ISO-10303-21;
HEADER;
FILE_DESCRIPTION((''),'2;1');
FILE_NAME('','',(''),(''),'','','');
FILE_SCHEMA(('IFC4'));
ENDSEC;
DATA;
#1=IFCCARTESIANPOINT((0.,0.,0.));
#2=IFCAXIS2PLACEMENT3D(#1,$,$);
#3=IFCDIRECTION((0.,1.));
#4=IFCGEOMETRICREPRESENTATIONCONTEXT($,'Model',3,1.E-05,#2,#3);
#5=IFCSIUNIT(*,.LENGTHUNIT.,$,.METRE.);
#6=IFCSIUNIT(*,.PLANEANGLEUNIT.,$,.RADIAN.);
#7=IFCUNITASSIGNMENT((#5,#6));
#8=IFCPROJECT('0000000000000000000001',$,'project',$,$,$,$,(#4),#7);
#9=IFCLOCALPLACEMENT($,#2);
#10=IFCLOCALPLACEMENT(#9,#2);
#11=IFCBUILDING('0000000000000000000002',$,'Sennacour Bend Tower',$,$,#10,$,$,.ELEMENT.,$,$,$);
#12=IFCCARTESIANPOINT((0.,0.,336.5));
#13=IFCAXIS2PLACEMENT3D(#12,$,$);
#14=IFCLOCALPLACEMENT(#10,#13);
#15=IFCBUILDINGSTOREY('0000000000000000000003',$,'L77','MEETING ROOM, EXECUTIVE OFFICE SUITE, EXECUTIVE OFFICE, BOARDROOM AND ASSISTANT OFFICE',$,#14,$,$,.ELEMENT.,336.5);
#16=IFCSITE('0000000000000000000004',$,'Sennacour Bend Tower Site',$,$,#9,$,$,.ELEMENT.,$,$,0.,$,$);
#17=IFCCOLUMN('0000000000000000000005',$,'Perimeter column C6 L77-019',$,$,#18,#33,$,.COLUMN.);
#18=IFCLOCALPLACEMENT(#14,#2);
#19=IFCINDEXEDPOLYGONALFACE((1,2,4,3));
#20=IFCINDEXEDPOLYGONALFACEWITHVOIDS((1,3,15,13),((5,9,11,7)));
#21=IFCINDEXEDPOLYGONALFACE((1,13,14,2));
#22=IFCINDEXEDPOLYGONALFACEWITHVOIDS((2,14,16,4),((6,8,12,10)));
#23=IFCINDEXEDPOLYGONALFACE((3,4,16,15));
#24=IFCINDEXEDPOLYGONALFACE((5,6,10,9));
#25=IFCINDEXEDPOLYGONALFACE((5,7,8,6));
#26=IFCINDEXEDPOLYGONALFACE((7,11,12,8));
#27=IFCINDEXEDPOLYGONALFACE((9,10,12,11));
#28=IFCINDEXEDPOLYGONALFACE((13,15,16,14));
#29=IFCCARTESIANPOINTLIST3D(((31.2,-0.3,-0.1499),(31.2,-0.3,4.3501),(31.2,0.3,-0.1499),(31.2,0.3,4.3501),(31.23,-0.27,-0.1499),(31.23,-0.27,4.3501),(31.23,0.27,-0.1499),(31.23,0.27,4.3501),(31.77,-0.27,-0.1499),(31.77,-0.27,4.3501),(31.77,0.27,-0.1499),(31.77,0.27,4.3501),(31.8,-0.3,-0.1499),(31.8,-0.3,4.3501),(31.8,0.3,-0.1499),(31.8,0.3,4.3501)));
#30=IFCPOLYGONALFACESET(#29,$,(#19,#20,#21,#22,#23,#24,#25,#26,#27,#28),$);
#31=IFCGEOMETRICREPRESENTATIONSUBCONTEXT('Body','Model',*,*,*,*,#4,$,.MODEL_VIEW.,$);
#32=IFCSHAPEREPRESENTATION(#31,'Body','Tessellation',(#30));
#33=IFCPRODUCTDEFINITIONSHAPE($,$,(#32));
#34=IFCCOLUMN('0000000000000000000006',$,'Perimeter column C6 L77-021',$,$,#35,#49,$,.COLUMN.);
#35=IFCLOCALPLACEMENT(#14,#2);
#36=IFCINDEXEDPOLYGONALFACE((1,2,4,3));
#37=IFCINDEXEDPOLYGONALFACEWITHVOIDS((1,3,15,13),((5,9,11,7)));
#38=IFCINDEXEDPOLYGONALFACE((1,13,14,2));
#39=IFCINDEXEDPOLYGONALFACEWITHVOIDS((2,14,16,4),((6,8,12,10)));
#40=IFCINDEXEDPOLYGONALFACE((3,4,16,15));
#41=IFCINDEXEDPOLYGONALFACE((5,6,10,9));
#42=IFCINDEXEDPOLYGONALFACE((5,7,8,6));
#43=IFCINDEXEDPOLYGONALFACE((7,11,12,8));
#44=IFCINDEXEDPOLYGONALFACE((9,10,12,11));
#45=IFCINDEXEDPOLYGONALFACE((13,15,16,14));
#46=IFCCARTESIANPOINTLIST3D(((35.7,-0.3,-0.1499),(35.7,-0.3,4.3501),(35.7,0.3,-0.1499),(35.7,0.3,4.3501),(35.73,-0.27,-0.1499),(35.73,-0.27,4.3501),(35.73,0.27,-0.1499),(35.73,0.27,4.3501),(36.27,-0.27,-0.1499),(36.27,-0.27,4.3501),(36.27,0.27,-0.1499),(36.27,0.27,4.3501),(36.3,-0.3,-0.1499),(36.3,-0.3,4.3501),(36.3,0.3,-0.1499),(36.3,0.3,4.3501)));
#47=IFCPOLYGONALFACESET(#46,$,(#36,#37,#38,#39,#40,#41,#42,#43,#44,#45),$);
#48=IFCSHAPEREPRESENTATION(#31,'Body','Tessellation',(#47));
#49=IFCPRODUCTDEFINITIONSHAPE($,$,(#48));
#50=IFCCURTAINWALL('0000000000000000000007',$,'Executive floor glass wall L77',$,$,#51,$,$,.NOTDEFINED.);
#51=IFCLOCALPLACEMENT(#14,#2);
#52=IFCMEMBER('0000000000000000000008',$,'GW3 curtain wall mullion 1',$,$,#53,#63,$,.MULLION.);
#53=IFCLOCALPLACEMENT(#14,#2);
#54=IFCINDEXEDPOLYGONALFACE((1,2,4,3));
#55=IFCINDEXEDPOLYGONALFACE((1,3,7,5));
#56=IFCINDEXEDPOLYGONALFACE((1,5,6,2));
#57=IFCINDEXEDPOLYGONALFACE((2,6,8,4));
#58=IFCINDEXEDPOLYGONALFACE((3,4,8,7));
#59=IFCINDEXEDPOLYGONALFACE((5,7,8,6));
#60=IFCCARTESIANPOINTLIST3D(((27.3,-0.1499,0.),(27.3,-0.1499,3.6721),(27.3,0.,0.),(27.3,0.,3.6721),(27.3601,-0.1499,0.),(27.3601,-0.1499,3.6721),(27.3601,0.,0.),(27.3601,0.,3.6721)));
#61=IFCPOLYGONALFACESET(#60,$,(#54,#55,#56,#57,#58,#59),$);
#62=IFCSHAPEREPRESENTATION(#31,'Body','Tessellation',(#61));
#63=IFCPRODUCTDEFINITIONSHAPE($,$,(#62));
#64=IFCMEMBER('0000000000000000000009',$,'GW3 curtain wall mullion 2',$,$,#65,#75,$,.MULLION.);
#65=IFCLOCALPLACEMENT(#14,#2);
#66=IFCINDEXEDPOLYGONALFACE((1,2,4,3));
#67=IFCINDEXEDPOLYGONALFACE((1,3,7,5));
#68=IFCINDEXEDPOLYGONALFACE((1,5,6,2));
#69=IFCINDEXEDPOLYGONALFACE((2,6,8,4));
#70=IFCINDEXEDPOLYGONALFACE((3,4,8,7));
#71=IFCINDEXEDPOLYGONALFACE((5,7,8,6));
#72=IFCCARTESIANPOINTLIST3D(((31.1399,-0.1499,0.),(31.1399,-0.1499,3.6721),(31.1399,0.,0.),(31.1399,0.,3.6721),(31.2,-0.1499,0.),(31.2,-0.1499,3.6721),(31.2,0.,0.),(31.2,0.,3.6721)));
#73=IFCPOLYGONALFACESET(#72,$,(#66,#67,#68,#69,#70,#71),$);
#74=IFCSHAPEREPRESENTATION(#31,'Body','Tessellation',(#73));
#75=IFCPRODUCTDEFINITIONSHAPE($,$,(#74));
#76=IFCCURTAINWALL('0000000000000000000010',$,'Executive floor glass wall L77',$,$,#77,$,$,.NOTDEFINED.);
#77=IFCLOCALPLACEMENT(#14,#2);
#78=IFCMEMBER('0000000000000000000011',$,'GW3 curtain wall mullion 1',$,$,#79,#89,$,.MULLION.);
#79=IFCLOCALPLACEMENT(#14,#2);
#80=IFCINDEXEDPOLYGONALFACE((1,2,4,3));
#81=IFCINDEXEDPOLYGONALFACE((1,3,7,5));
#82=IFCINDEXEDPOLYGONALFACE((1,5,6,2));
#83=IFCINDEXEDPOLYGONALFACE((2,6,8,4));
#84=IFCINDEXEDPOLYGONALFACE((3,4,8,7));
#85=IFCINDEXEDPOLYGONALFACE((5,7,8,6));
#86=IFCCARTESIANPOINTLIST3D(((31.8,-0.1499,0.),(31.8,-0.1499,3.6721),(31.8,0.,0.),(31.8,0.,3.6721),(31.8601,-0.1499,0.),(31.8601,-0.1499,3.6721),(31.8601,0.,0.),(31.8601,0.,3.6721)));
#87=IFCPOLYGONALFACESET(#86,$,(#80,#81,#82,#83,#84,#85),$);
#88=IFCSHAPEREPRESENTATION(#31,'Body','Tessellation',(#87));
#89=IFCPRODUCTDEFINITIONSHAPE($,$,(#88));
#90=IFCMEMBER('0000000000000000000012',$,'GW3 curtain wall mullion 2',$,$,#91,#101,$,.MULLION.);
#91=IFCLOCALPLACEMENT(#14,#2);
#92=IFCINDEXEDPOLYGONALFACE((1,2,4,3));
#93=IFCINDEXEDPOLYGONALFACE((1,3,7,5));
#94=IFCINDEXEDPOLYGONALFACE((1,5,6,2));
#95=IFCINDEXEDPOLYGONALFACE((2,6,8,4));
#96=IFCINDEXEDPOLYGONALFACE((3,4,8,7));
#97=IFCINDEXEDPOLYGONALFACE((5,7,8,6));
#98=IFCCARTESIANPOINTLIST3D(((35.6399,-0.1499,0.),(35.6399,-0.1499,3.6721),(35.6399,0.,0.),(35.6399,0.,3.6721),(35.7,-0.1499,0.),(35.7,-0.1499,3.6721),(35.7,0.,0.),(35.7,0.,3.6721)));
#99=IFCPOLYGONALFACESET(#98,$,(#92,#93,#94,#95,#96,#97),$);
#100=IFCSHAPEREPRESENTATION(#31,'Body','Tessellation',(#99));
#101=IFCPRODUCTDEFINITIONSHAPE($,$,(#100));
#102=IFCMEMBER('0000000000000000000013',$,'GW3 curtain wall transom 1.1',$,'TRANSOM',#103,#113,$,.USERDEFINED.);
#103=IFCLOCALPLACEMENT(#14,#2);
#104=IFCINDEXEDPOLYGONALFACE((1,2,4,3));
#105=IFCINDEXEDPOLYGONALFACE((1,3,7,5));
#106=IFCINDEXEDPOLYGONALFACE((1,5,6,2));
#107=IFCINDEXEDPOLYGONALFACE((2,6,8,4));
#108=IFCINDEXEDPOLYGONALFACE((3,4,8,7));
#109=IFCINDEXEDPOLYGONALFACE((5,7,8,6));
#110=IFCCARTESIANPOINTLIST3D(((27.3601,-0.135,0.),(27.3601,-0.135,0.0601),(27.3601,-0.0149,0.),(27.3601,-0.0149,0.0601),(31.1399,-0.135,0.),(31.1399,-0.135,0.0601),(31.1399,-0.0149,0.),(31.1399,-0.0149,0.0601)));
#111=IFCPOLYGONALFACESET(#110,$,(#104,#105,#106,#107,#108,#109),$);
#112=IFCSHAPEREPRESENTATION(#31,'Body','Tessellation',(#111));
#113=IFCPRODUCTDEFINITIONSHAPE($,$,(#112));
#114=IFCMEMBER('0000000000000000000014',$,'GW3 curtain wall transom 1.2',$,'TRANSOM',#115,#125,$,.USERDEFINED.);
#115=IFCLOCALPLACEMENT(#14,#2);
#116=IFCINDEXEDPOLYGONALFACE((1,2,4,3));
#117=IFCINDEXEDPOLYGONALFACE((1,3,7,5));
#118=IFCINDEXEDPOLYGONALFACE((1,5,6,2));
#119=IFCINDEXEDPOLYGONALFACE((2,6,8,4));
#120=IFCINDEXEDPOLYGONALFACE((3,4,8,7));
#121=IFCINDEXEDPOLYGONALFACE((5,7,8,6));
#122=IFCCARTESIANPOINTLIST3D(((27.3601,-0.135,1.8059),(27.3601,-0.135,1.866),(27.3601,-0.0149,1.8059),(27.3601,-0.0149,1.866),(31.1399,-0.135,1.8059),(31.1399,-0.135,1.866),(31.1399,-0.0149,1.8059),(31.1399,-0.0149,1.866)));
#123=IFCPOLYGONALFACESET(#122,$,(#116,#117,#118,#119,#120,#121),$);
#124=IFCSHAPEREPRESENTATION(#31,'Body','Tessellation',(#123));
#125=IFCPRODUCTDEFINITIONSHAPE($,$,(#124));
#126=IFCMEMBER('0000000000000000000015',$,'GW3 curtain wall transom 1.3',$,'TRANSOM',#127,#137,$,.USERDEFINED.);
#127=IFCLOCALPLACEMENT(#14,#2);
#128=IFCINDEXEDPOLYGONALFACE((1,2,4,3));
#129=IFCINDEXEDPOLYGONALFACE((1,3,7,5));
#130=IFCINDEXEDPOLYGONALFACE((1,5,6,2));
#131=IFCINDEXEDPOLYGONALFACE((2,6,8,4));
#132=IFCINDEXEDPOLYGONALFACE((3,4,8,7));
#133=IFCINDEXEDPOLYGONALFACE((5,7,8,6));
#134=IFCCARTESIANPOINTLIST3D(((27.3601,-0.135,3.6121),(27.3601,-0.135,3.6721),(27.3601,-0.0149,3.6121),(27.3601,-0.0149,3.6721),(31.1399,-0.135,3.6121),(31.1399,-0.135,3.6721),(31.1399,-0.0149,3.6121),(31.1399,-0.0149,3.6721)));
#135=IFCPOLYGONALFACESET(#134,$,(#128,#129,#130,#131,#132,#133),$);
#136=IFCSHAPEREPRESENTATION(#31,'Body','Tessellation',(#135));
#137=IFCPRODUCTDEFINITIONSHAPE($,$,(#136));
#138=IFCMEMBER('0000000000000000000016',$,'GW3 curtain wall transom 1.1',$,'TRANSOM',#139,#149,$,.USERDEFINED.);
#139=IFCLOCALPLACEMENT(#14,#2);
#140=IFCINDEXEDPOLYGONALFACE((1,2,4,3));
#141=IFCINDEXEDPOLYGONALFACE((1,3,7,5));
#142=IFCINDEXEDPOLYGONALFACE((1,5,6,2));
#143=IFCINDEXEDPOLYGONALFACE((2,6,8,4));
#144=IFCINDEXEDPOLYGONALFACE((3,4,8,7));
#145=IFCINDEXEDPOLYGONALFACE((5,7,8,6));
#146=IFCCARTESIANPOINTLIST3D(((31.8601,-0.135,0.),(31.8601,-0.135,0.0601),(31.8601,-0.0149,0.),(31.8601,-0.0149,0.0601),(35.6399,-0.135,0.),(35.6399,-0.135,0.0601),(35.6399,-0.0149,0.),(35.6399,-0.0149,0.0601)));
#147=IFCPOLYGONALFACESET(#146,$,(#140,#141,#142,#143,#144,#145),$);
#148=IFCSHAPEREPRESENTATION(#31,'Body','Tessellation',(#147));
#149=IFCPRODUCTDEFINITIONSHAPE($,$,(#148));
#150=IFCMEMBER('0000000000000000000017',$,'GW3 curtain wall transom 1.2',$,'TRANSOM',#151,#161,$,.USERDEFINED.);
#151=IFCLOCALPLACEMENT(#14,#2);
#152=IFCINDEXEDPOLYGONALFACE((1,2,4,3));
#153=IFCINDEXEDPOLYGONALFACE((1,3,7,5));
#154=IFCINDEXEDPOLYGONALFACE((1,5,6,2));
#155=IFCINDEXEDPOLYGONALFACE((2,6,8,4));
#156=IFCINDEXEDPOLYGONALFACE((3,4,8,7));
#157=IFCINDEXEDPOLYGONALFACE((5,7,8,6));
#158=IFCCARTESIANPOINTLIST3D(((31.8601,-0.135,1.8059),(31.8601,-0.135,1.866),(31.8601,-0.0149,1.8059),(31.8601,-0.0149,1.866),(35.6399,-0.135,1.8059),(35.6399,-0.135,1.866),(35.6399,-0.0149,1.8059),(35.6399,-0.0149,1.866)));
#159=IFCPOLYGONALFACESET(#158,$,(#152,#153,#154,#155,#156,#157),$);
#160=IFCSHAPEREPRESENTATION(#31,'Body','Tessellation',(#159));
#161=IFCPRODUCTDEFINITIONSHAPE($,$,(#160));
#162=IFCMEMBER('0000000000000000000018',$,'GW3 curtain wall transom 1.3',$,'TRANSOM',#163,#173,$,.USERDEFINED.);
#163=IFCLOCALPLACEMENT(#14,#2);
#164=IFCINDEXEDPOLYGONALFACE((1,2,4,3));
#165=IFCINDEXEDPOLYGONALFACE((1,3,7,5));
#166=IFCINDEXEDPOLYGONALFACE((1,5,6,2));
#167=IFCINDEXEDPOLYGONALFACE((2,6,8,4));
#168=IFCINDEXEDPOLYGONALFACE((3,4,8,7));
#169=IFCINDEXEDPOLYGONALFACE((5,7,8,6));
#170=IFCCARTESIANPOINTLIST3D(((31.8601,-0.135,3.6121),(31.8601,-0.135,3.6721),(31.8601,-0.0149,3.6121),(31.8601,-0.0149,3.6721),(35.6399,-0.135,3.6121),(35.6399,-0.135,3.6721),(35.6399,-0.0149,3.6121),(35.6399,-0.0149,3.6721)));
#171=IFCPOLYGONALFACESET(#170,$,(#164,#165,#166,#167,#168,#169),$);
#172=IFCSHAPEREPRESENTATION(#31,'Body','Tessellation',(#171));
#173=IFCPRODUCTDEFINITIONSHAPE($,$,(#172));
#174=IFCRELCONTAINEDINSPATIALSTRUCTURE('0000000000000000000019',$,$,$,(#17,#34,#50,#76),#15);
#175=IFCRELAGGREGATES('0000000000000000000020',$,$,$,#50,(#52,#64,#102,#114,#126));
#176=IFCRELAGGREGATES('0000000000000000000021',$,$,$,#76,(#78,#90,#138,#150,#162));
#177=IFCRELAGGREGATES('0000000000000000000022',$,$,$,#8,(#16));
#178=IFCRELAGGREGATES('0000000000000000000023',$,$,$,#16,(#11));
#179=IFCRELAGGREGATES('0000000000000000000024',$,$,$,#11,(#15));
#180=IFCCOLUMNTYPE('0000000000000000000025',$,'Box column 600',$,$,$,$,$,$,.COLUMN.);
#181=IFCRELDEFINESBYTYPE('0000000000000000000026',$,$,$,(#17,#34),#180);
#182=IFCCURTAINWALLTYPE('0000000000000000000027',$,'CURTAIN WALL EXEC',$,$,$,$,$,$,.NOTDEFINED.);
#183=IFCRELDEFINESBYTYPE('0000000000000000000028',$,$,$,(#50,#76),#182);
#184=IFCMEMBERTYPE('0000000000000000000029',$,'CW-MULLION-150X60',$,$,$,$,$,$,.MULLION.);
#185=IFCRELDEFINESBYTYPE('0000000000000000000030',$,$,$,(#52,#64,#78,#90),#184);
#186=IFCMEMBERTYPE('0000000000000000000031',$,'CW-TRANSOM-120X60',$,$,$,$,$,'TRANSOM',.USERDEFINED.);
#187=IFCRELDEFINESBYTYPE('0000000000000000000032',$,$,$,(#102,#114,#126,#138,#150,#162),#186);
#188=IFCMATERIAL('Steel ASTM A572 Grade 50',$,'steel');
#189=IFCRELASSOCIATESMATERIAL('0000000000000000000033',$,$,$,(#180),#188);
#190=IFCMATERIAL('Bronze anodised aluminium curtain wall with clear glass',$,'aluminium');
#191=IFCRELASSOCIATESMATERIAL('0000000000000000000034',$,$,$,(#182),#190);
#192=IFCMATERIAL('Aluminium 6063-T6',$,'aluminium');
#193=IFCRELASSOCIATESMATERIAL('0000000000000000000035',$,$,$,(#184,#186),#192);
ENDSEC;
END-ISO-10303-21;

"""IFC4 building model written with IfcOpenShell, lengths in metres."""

from ifc_helpers import new_model, si_unit, direction, frame, origin, origin_2d, place, context, subcontext, project, spatial, rectangle, hollow_rectangle, extrude, material, material_profile, profile_set, type_object, element, aggregate, save


model = new_model("IFC4")

# Units and contexts
model_context = context("Model", 3, precision=1e-05, world=origin(), true_north=direction((0.0, 1.0)))
body_context = subcontext(model_context, "Body", "Model", "MODEL_VIEW")
ifc_project = project(units=[si_unit("LENGTHUNIT", "METRE"), si_unit("PLANEANGLEUNIT", "RADIAN")], contexts=[model_context])

# Site, building, storey
site_placement = place(None, origin())
site = spatial("IfcSite", under=ifc_project, at=site_placement, Name="Sennacour Bend Tower Site", CompositionType="ELEMENT", RefElevation=0.0)
building_placement = place(site_placement, origin())
building = spatial("IfcBuilding", under=site, at=building_placement, Name="Sennacour Bend Tower", CompositionType="ELEMENT")
storey_placement = place(building_placement, frame((0.0, 0.0, 336.5)))
storey = spatial("IfcBuildingStorey", under=building, at=storey_placement, Name="L77", Description="MEETING ROOM, EXECUTIVE OFFICE SUITE, EXECUTIVE OFFICE, BOARDROOM AND ASSISTANT OFFICE", CompositionType="ELEMENT", Elevation=336.5)

# Columns
ifc_material_1 = material(Name="Steel ASTM A572 Grade 50", Category="steel")
ifc_material_profile_1 = material_profile(ifc_material_1, hollow_rectangle(XDim=0.6001, YDim=0.6001, WallThickness=0.03, at=origin_2d()), Name="Steel ASTM A572 Grade 50", Category="steel")
ifc_profile_set_1 = profile_set([ifc_material_profile_1], Name="Steel ASTM A572 Grade 50")
column_type = type_object("IfcColumnType", Name="Box column 600", PredefinedType="COLUMN", material=ifc_profile_set_1)
for number, where, z_axis, x_axis, name in (
    (1, (31.5, 0.0, -0.1499), (0.0, 0.0, 1.0), (1.0, 0.0, 0.0), "Perimeter column C6 L77-019"),
    (2, (36.0, 0.0, -0.1499), (0.0, 0.0, 1.0), (1.0, 0.0, 0.0), "Perimeter column C6 L77-021"),
):
    element("IfcColumn", number, at=place(storey_placement, frame(where, z_axis=z_axis, x_axis=x_axis)), inside=storey, type_object=column_type, Name=name, PredefinedType="COLUMN", context=body_context, shape_type="SweptSolid", body=[
        extrude(hollow_rectangle(XDim=0.6001, YDim=0.6001, WallThickness=0.03, at=origin_2d()), origin(), (0.0, 0.0, 1.0), 4.5),
    ])

# Curtain walls, members
ifc_material_2 = material(Name="Bronze anodised aluminium curtain wall with clear glass", Category="aluminium")
curtain_wall_type = type_object("IfcCurtainWallType", Name="CURTAIN WALL EXEC", PredefinedType="NOTDEFINED", material=ifc_material_2)
curtain_wall_1_placement = place(storey_placement, origin())
curtain_wall_1 = element("IfcCurtainWall", 3, at=curtain_wall_1_placement, inside=storey, type_object=curtain_wall_type, Name="Executive floor glass wall L77", PredefinedType="NOTDEFINED")
ifc_material_3 = material(Name="Aluminium 6063-T6", Category="aluminium")
ifc_material_profile_2 = material_profile(ifc_material_3, rectangle(XDim=0.1499, YDim=0.0601, at=origin_2d()), Name="Aluminium 6063-T6", Category="aluminium")
ifc_profile_set_2 = profile_set([ifc_material_profile_2], Name="Aluminium 6063-T6")
member_type_1 = type_object("IfcMemberType", Name="CW-MULLION-150X60", PredefinedType="MULLION", material=ifc_profile_set_2)
member_1_placement = place(storey_placement, frame((27.3301, -0.075, 0.0), z_axis=(0.0, 0.0, 1.0), x_axis=(0.0, 1.0, 0.0)))
member_1 = element("IfcMember", 4, at=member_1_placement, type_object=member_type_1, Name="GW3 curtain wall mullion 1", PredefinedType="MULLION", context=body_context, shape_type="SweptSolid", body=[
    extrude(rectangle(XDim=0.1499, YDim=0.0601, at=origin_2d()), origin(), (0.0, 0.0, 1.0), 3.6721),
])
member_2_placement = place(storey_placement, frame((31.1699, -0.075, 0.0), z_axis=(0.0, 0.0, 1.0), x_axis=(0.0, 1.0, 0.0)))
member_2 = element("IfcMember", 5, at=member_2_placement, type_object=member_type_1, Name="GW3 curtain wall mullion 2", PredefinedType="MULLION", context=body_context, shape_type="SweptSolid", body=[
    extrude(rectangle(XDim=0.1499, YDim=0.0601, at=origin_2d()), origin(), (0.0, 0.0, 1.0), 3.6721),
])
curtain_wall_2_placement = place(storey_placement, origin())
curtain_wall_2 = element("IfcCurtainWall", 6, at=curtain_wall_2_placement, inside=storey, type_object=curtain_wall_type, Name="Executive floor glass wall L77", PredefinedType="NOTDEFINED")
member_3_placement = place(storey_placement, frame((31.8301, -0.075, 0.0), z_axis=(0.0, 0.0, 1.0), x_axis=(0.0, 1.0, 0.0)))
member_3 = element("IfcMember", 7, at=member_3_placement, type_object=member_type_1, Name="GW3 curtain wall mullion 1", PredefinedType="MULLION", context=body_context, shape_type="SweptSolid", body=[
    extrude(rectangle(XDim=0.1499, YDim=0.0601, at=origin_2d()), origin(), (0.0, 0.0, 1.0), 3.6721),
])
member_4_placement = place(storey_placement, frame((35.6699, -0.075, 0.0), z_axis=(0.0, 0.0, 1.0), x_axis=(0.0, 1.0, 0.0)))
member_4 = element("IfcMember", 8, at=member_4_placement, type_object=member_type_1, Name="GW3 curtain wall mullion 2", PredefinedType="MULLION", context=body_context, shape_type="SweptSolid", body=[
    extrude(rectangle(XDim=0.1499, YDim=0.0601, at=origin_2d()), origin(), (0.0, 0.0, 1.0), 3.6721),
])

# Members
ifc_material_profile_3 = material_profile(ifc_material_3, rectangle(XDim=0.1201, YDim=0.0601, at=origin_2d()), Name="Aluminium 6063-T6", Category="aluminium")
ifc_profile_set_3 = profile_set([ifc_material_profile_3], Name="Aluminium 6063-T6")
member_type_2 = type_object("IfcMemberType", Name="CW-TRANSOM-120X60", ElementType="TRANSOM", PredefinedType="USERDEFINED", material=ifc_profile_set_3)
member_5_placement = place(storey_placement, frame((27.3601, -0.075, 0.03), z_axis=(1.0, 0.0, 0.0), x_axis=(0.0, 1.0, 0.0)))
member_5 = element("IfcMember", 9, at=member_5_placement, type_object=member_type_2, Name="GW3 curtain wall transom 1.1", ObjectType="TRANSOM", PredefinedType="USERDEFINED", context=body_context, shape_type="SweptSolid", body=[
    extrude(rectangle(XDim=0.1201, YDim=0.0601, at=origin_2d()), origin(), (0.0, 0.0, 1.0), 3.7798),
])
member_6_placement = place(storey_placement, frame((27.3601, -0.075, 1.8359), z_axis=(1.0, 0.0, 0.0), x_axis=(0.0, 1.0, 0.0)))
member_6 = element("IfcMember", 10, at=member_6_placement, type_object=member_type_2, Name="GW3 curtain wall transom 1.2", ObjectType="TRANSOM", PredefinedType="USERDEFINED", context=body_context, shape_type="SweptSolid", body=[
    extrude(rectangle(XDim=0.1201, YDim=0.0601, at=origin_2d()), origin(), (0.0, 0.0, 1.0), 3.7798),
])
member_7_placement = place(storey_placement, frame((27.3601, -0.075, 3.6421), z_axis=(1.0, 0.0, 0.0), x_axis=(0.0, 1.0, 0.0)))
member_7 = element("IfcMember", 11, at=member_7_placement, type_object=member_type_2, Name="GW3 curtain wall transom 1.3", ObjectType="TRANSOM", PredefinedType="USERDEFINED", context=body_context, shape_type="SweptSolid", body=[
    extrude(rectangle(XDim=0.1201, YDim=0.0601, at=origin_2d()), origin(), (0.0, 0.0, 1.0), 3.7798),
])
member_8_placement = place(storey_placement, frame((31.8601, -0.075, 0.03), z_axis=(1.0, 0.0, 0.0), x_axis=(0.0, 1.0, 0.0)))
member_8 = element("IfcMember", 12, at=member_8_placement, type_object=member_type_2, Name="GW3 curtain wall transom 1.1", ObjectType="TRANSOM", PredefinedType="USERDEFINED", context=body_context, shape_type="SweptSolid", body=[
    extrude(rectangle(XDim=0.1201, YDim=0.0601, at=origin_2d()), origin(), (0.0, 0.0, 1.0), 3.7798),
])
member_9_placement = place(storey_placement, frame((31.8601, -0.075, 1.8359), z_axis=(1.0, 0.0, 0.0), x_axis=(0.0, 1.0, 0.0)))
member_9 = element("IfcMember", 13, at=member_9_placement, type_object=member_type_2, Name="GW3 curtain wall transom 1.2", ObjectType="TRANSOM", PredefinedType="USERDEFINED", context=body_context, shape_type="SweptSolid", body=[
    extrude(rectangle(XDim=0.1201, YDim=0.0601, at=origin_2d()), origin(), (0.0, 0.0, 1.0), 3.7798),
])
member_10_placement = place(storey_placement, frame((31.8601, -0.075, 3.6421), z_axis=(1.0, 0.0, 0.0), x_axis=(0.0, 1.0, 0.0)))
member_10 = element("IfcMember", 14, at=member_10_placement, type_object=member_type_2, Name="GW3 curtain wall transom 1.3", ObjectType="TRANSOM", PredefinedType="USERDEFINED", context=body_context, shape_type="SweptSolid", body=[
    extrude(rectangle(XDim=0.1201, YDim=0.0601, at=origin_2d()), origin(), (0.0, 0.0, 1.0), 3.7798),
])

aggregate(curtain_wall_1, [member_1, member_2, member_5, member_6, member_7])
aggregate(curtain_wall_2, [member_3, member_4, member_8, member_9, member_10])

save(model, "model.ifc")
